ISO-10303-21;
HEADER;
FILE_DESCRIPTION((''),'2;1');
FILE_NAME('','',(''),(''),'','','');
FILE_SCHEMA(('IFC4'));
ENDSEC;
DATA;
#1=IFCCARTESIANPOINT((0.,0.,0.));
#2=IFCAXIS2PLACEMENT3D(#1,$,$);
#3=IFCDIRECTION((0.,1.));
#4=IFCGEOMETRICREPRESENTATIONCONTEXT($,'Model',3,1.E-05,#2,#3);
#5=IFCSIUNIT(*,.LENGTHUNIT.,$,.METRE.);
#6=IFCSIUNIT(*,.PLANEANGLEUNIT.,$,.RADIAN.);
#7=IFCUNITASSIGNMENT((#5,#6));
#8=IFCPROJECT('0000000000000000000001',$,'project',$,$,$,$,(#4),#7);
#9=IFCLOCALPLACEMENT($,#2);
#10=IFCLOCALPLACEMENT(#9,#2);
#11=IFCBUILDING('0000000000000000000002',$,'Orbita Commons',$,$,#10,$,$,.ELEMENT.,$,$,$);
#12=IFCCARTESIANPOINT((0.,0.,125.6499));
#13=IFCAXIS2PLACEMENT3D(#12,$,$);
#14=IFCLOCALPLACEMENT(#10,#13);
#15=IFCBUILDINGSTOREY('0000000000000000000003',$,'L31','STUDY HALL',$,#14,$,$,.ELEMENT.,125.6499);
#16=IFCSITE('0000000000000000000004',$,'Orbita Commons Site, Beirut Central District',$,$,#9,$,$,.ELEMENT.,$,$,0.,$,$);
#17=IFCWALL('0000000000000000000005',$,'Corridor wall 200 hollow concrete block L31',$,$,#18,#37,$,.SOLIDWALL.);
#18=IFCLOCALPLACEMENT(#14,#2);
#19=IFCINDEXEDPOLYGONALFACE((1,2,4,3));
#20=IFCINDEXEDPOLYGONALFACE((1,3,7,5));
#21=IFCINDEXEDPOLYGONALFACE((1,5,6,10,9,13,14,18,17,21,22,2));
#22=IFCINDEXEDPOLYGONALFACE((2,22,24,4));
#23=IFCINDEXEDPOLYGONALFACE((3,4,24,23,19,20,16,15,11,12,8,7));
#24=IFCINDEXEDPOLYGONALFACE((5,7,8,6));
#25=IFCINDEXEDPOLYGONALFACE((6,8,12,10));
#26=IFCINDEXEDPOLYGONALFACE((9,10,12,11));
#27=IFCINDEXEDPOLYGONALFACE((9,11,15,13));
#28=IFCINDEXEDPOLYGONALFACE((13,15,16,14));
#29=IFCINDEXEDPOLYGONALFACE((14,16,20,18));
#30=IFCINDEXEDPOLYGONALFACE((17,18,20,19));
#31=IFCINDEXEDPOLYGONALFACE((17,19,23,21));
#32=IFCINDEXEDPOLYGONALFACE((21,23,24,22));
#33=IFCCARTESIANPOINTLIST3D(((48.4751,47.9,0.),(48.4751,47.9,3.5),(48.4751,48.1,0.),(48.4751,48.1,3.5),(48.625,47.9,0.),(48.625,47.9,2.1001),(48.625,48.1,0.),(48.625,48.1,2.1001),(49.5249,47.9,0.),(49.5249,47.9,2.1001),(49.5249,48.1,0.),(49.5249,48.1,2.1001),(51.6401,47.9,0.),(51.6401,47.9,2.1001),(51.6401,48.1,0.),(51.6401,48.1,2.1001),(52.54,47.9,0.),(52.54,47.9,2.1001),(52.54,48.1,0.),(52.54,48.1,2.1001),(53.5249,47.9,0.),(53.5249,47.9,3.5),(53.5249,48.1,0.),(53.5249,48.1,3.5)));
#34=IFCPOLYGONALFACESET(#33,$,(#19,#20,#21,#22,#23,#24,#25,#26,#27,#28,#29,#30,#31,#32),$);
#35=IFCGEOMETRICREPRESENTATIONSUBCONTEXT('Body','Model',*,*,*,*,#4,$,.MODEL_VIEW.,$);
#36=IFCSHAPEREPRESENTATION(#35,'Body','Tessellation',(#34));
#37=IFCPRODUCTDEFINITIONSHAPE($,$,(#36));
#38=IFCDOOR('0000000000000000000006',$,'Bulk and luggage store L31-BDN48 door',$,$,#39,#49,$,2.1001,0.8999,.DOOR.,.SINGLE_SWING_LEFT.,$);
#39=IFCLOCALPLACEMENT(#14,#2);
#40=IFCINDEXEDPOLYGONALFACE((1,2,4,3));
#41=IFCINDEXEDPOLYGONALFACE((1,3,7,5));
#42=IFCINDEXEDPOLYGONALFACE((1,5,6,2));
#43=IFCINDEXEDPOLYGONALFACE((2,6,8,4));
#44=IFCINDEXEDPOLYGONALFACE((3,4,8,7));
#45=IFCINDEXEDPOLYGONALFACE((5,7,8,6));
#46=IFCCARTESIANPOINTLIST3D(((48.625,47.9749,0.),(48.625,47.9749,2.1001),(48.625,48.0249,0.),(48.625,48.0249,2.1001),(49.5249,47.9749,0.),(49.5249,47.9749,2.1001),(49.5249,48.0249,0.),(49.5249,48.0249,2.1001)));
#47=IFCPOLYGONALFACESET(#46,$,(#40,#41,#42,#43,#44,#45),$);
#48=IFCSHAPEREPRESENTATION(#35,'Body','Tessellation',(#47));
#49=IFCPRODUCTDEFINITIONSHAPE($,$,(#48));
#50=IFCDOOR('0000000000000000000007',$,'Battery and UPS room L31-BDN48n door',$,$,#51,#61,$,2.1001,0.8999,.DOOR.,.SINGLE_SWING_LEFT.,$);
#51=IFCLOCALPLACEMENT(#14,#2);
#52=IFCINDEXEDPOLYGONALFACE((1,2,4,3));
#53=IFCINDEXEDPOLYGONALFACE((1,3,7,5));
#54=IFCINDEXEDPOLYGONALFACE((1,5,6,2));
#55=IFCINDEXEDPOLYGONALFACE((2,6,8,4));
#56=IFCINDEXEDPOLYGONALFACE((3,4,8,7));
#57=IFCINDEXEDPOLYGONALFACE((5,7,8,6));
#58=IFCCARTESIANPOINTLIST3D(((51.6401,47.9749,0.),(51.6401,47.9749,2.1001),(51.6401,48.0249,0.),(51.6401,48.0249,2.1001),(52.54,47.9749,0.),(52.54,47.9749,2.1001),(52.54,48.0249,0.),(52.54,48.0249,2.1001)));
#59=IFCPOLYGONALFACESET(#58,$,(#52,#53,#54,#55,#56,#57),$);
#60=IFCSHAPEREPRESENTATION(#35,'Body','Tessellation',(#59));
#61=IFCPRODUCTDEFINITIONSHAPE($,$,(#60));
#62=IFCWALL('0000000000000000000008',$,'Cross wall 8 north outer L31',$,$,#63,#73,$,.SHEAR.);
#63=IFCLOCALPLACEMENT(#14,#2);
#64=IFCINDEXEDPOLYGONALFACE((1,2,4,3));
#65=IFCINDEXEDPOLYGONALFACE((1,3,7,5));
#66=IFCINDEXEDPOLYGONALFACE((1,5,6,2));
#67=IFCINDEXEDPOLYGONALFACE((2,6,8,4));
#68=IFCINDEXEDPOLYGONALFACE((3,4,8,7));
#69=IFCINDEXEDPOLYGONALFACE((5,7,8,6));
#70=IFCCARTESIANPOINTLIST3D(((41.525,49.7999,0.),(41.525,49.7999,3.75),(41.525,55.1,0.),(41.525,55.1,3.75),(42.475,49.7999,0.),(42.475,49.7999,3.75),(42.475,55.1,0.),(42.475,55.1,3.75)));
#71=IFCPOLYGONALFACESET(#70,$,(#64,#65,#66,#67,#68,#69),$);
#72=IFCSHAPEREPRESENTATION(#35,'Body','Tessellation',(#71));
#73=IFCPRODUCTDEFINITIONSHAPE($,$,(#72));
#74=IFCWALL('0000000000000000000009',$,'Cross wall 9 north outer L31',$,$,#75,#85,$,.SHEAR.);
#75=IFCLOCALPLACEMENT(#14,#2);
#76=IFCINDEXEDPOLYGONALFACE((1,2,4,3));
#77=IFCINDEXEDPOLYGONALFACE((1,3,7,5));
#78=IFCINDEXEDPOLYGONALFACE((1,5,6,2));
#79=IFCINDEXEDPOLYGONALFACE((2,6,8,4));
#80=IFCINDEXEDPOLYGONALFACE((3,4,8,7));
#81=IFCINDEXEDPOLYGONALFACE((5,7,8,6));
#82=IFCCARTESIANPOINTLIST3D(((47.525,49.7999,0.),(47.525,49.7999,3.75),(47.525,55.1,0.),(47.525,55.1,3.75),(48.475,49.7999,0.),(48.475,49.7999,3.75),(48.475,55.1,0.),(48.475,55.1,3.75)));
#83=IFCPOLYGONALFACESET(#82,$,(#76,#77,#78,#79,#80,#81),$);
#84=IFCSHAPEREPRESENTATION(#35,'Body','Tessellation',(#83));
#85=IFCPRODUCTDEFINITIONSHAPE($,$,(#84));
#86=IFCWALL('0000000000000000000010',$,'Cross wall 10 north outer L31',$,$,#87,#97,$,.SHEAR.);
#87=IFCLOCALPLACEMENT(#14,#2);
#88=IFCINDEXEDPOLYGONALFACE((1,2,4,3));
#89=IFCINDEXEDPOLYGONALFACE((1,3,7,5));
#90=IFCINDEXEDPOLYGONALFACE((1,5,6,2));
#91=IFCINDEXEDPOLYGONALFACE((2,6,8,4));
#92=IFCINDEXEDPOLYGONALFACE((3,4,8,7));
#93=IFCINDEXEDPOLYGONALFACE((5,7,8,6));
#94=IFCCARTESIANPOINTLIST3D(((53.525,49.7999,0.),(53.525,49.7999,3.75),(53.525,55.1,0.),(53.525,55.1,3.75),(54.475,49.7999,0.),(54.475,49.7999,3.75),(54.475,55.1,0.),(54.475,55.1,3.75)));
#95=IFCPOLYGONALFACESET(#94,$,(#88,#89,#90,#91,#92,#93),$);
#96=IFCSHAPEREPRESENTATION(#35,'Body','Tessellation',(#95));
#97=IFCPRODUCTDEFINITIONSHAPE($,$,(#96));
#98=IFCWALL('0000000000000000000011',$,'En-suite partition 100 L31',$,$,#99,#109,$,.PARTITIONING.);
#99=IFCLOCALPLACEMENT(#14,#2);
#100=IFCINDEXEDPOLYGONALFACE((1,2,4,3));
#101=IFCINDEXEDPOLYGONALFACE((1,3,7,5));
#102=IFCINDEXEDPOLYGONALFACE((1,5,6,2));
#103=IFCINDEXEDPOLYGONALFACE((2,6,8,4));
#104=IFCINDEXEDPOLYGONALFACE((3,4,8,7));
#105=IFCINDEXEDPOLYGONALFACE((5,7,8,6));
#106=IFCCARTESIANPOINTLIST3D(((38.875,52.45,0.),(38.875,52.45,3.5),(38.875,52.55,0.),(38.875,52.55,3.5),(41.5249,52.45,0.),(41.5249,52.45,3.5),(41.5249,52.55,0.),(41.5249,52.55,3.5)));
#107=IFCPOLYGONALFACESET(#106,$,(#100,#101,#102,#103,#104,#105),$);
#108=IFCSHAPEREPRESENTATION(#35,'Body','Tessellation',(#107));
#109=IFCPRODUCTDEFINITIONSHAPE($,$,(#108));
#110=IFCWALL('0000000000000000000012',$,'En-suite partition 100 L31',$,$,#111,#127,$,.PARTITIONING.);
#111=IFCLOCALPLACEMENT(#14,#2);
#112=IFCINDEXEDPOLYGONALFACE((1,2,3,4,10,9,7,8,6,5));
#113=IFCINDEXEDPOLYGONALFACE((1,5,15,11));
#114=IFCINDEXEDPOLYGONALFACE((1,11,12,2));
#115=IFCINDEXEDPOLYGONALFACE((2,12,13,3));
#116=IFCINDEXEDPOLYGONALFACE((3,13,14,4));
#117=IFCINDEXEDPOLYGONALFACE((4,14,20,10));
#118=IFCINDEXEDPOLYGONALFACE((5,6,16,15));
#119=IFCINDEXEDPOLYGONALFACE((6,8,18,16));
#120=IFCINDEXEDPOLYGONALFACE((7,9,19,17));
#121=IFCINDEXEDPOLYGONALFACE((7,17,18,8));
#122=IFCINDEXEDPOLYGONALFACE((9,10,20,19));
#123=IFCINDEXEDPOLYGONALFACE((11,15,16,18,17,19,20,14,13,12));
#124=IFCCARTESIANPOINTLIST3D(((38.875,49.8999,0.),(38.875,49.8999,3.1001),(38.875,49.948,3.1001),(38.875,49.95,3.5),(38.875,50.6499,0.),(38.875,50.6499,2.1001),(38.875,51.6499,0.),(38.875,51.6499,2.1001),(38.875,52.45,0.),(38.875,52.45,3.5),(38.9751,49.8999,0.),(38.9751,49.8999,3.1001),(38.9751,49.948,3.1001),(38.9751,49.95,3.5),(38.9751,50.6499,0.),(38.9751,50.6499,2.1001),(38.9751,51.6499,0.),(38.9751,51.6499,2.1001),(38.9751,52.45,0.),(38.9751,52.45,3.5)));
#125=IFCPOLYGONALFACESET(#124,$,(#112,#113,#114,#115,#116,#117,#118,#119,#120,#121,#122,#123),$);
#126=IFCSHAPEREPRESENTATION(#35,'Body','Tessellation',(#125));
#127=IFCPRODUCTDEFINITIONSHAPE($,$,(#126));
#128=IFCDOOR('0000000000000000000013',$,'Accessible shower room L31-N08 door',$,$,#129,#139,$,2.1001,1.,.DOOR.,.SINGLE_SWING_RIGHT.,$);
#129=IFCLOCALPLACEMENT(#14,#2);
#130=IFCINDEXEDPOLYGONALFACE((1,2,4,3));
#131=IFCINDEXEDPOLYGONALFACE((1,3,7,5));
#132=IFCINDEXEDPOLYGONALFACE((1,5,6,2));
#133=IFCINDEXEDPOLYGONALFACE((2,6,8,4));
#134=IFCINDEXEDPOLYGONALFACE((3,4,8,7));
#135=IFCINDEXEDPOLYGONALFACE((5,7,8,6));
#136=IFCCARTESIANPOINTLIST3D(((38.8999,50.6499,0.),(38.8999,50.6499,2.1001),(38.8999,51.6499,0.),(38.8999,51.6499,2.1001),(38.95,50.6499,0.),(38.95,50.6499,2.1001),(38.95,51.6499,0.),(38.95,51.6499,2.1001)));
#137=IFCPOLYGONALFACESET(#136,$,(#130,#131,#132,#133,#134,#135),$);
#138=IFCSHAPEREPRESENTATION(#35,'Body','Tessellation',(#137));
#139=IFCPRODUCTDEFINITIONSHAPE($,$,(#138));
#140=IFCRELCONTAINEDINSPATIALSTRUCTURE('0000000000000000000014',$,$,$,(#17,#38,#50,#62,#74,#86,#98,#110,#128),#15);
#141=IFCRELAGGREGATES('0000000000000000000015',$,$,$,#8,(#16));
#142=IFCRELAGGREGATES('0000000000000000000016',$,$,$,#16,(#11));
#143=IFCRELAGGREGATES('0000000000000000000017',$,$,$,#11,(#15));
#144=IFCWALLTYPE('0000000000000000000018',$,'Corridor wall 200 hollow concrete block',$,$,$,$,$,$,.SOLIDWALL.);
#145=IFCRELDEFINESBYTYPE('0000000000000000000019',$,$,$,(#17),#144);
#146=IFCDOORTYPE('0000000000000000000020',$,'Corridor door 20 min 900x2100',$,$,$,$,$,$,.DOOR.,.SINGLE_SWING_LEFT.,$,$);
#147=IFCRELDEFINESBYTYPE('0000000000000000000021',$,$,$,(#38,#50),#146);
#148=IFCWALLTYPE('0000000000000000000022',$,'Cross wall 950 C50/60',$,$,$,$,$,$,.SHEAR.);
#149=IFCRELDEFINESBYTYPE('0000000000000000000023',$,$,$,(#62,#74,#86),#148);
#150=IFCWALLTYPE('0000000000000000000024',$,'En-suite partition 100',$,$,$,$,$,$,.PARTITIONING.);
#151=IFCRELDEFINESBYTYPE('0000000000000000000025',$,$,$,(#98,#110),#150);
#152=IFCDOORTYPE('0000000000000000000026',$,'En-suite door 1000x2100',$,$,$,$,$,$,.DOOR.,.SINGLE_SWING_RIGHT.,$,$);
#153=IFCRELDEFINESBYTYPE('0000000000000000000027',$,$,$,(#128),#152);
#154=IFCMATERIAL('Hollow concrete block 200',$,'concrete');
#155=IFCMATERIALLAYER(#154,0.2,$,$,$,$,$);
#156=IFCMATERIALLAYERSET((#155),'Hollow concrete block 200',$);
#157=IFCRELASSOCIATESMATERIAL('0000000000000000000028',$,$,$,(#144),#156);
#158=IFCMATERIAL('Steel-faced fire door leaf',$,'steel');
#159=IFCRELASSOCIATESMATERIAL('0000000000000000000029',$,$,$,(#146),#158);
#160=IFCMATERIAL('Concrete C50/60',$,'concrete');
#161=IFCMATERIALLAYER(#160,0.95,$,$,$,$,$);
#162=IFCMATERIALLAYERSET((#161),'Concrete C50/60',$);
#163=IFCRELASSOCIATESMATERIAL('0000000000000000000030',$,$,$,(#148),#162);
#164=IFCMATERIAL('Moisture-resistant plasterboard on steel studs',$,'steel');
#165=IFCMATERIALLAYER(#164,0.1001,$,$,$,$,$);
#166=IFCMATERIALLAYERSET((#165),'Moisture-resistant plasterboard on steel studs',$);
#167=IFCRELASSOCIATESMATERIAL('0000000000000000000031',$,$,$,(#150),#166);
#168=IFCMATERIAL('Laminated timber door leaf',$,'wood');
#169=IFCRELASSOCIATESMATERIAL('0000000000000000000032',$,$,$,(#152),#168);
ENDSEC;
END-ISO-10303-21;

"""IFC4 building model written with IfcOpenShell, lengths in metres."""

from ifc_helpers import new_model, si_unit, direction, frame, frame_2d, origin, place, context, subcontext, project, spatial, polyline, rectangle, outline, extrude, material, layer, layer_set, type_object, element, fill, save


model = new_model("IFC4")

# Units and contexts
model_context = context("Model", 3, precision=1e-05, world=origin(), true_north=direction((0.0, 1.0)))
body_context = subcontext(model_context, "Body", "Model", "MODEL_VIEW")
ifc_project = project(units=[si_unit("LENGTHUNIT", "METRE"), si_unit("PLANEANGLEUNIT", "RADIAN")], contexts=[model_context])

# Site, building, storey
site_placement = place(None, origin())
site = spatial("IfcSite", under=ifc_project, at=site_placement, Name="Orbita Commons Site, Beirut Central District", CompositionType="ELEMENT", RefElevation=0.0)
building_placement = place(site_placement, origin())
building = spatial("IfcBuilding", under=site, at=building_placement, Name="Orbita Commons", CompositionType="ELEMENT")
storey_placement = place(building_placement, frame((0.0, 0.0, 125.6499)))
storey = spatial("IfcBuildingStorey", under=building, at=storey_placement, Name="L31", Description="STUDY HALL", CompositionType="ELEMENT", Elevation=125.6499)

# Wall, openings, doors
ifc_material_1 = material(Name="Hollow concrete block 200", Category="concrete")
ifc_layer_1 = layer(ifc_material_1, 0.2)
ifc_layer_set_1 = layer_set([ifc_layer_1], Name="Hollow concrete block 200")
wall_type_1 = type_object("IfcWallType", Name="Corridor wall 200 hollow concrete block", PredefinedType="SOLIDWALL", material=ifc_layer_set_1)
wall_1_placement = place(storey_placement, frame((48.4751, 48.0, 0.0), z_axis=(0.0, 0.0, 1.0), x_axis=(1.0, 0.0, 0.0)))
wall_1 = element("IfcWall", 1, at=wall_1_placement, inside=storey, type_object=wall_type_1, Name="Corridor wall 200 hollow concrete block L31", PredefinedType="SOLIDWALL", context=body_context, shape_type="SweptSolid", body=[
    extrude(rectangle(XDim=5.0498, YDim=0.2, at=frame_2d((2.5249, 0.0))), origin(), (0.0, 0.0, 1.0), 3.5),
])
opening_1_placement = place(wall_1_placement, frame((0.1499, 0.0, 0.0)))
opening_1 = element("IfcOpeningElement", 2, at=opening_1_placement, cuts=wall_1, PredefinedType="OPENING", context=body_context, shape_type="SweptSolid", body=[
    extrude(rectangle(XDim=0.8999, YDim=2.1001, at=frame_2d((0.45, 1.05))), frame((0.0, 0.1099, 0.0), z_axis=(0.0, -1.0, 0.0), x_axis=(1.0, 0.0, 0.0)), (0.0, 0.0, 1.0), 0.22),
])
opening_2_placement = place(wall_1_placement, frame((3.165, 0.0, 0.0)))
opening_2 = element("IfcOpeningElement", 3, at=opening_2_placement, cuts=wall_1, PredefinedType="OPENING", context=body_context, shape_type="SweptSolid", body=[
    extrude(rectangle(XDim=0.8999, YDim=2.1001, at=frame_2d((0.45, 1.05))), frame((0.0, 0.1099, 0.0), z_axis=(0.0, -1.0, 0.0), x_axis=(1.0, 0.0, 0.0)), (0.0, 0.0, 1.0), 0.22),
])
ifc_material_2 = material(Name="Steel-faced fire door leaf", Category="steel")
door_type_1 = type_object("IfcDoorType", Name="Corridor door 20 min 900x2100", OperationType="SINGLE_SWING_LEFT", PredefinedType="DOOR", material=ifc_material_2)
door_1_placement = place(opening_1_placement, origin())
door_1 = element("IfcDoor", 4, at=door_1_placement, inside=storey, type_object=door_type_1, Name="Bulk and luggage store L31-BDN48 door", OperationType="SINGLE_SWING_LEFT", OverallHeight=2.1001, OverallWidth=0.8999, PredefinedType="DOOR", context=body_context, shape_type="SweptSolid", body=[
    extrude(rectangle(XDim=0.8999, YDim=2.1001, at=frame_2d((0.45, 1.05))), frame((0.0, 0.0249, 0.0), z_axis=(0.0, -1.0, 0.0), x_axis=(1.0, 0.0, 0.0)), (0.0, 0.0, 1.0), 0.05),
])
fill(opening_1, door_1)
door_2_placement = place(opening_2_placement, origin())
door_2 = element("IfcDoor", 5, at=door_2_placement, inside=storey, type_object=door_type_1, Name="Battery and UPS room L31-BDN48n door", OperationType="SINGLE_SWING_LEFT", OverallHeight=2.1001, OverallWidth=0.8999, PredefinedType="DOOR", context=body_context, shape_type="SweptSolid", body=[
    extrude(rectangle(XDim=0.8999, YDim=2.1001, at=frame_2d((0.45, 1.05))), frame((0.0, 0.0249, 0.0), z_axis=(0.0, -1.0, 0.0), x_axis=(1.0, 0.0, 0.0)), (0.0, 0.0, 1.0), 0.05),
])
fill(opening_2, door_2)

# Walls
ifc_material_3 = material(Name="Concrete C50/60", Category="concrete")
ifc_layer_2 = layer(ifc_material_3, 0.95)
ifc_layer_set_2 = layer_set([ifc_layer_2], Name="Concrete C50/60")
wall_type_2 = type_object("IfcWallType", Name="Cross wall 950 C50/60", PredefinedType="SHEAR", material=ifc_layer_set_2)
for number, where, z_axis, x_axis, name in (
    (6, (42.0, 49.8, 0.0), (0.0, 0.0, 1.0), (0.0, 1.0, 0.0), "Cross wall 8 north outer L31"),
    (7, (48.0, 49.8, 0.0), (0.0, 0.0, 1.0), (0.0, 1.0, 0.0), "Cross wall 9 north outer L31"),
    (8, (54.0, 49.8, 0.0), (0.0, 0.0, 1.0), (0.0, 1.0, 0.0), "Cross wall 10 north outer L31"),
):
    element("IfcWall", number, at=place(storey_placement, frame(where, z_axis=z_axis, x_axis=x_axis)), inside=storey, type_object=wall_type_2, Name=name, PredefinedType="SHEAR", context=body_context, shape_type="SweptSolid", body=[
        extrude(rectangle(XDim=5.3, YDim=0.95, at=frame_2d((2.6499, 0.0))), origin(), (0.0, 0.0, 1.0), 3.75),
    ])
ifc_material_4 = material(Name="Moisture-resistant plasterboard on steel studs", Category="steel")
ifc_layer_3 = layer(ifc_material_4, 0.1001)
ifc_layer_set_3 = layer_set([ifc_layer_3], Name="Moisture-resistant plasterboard on steel studs")
wall_type_3 = type_object("IfcWallType", Name="En-suite partition 100", PredefinedType="PARTITIONING", material=ifc_layer_set_3)
wall_2_placement = place(storey_placement, frame((38.875, 52.5, 0.0), z_axis=(0.0, 0.0, 1.0), x_axis=(1.0, 0.0, 0.0)))
element("IfcWall", 9, at=wall_2_placement, inside=storey, type_object=wall_type_3, Name="En-suite partition 100 L31", PredefinedType="PARTITIONING", context=body_context, shape_type="SweptSolid", body=[
    extrude(rectangle(XDim=2.6499, YDim=0.1001, at=frame_2d((1.325, 0.0))), origin(), (0.0, 0.0, 1.0), 3.5),
])

# Wall, opening, door
wall_3_placement = place(storey_placement, frame((38.925, 52.45, 0.0), z_axis=(0.0, 0.0, 1.0), x_axis=(0.0, -1.0, 0.0)))
wall_3 = element("IfcWall", 10, at=wall_3_placement, inside=storey, type_object=wall_type_3, Name="En-suite partition 100 L31", PredefinedType="PARTITIONING", context=body_context, shape_type="SweptSolid", body=[
    extrude(outline(polyline([(0.0, 0.0), (2.55, 0.0), (2.55, 3.1001), (2.502, 3.1001), (2.5, 3.5), (0.0, 3.5), (0.0, 0.0)])), frame((0.0, 0.05, 0.0), z_axis=(0.0, -1.0, 0.0), x_axis=(1.0, 0.0, 0.0)), (0.0, 0.0, 1.0), 0.1001),
])
opening_3_placement = place(wall_3_placement, frame((0.8, 0.0, 0.0)))
opening_3 = element("IfcOpeningElement", 11, at=opening_3_placement, cuts=wall_3, PredefinedType="OPENING", context=body_context, shape_type="SweptSolid", body=[
    extrude(rectangle(XDim=1.0, YDim=2.1001, at=frame_2d((0.5, 1.05))), frame((0.0, 0.0601, 0.0), z_axis=(0.0, -1.0, 0.0), x_axis=(1.0, 0.0, 0.0)), (0.0, 0.0, 1.0), 0.1201),
])
ifc_material_5 = material(Name="Laminated timber door leaf", Category="wood")
door_type_2 = type_object("IfcDoorType", Name="En-suite door 1000x2100", OperationType="SINGLE_SWING_RIGHT", PredefinedType="DOOR", material=ifc_material_5)
door_3_placement = place(opening_3_placement, origin())
door_3 = element("IfcDoor", 12, at=door_3_placement, inside=storey, type_object=door_type_2, Name="Accessible shower room L31-N08 door", OperationType="SINGLE_SWING_RIGHT", OverallHeight=2.1001, OverallWidth=1.0, PredefinedType="DOOR", context=body_context, shape_type="SweptSolid", body=[
    extrude(rectangle(XDim=1.0, YDim=2.1001, at=frame_2d((0.5, 1.05))), frame((0.0, 0.0249, 0.0), z_axis=(0.0, -1.0, 0.0), x_axis=(1.0, 0.0, 0.0)), (0.0, 0.0, 1.0), 0.05),
])
fill(opening_3, door_3)

save(model, "model.ifc")
